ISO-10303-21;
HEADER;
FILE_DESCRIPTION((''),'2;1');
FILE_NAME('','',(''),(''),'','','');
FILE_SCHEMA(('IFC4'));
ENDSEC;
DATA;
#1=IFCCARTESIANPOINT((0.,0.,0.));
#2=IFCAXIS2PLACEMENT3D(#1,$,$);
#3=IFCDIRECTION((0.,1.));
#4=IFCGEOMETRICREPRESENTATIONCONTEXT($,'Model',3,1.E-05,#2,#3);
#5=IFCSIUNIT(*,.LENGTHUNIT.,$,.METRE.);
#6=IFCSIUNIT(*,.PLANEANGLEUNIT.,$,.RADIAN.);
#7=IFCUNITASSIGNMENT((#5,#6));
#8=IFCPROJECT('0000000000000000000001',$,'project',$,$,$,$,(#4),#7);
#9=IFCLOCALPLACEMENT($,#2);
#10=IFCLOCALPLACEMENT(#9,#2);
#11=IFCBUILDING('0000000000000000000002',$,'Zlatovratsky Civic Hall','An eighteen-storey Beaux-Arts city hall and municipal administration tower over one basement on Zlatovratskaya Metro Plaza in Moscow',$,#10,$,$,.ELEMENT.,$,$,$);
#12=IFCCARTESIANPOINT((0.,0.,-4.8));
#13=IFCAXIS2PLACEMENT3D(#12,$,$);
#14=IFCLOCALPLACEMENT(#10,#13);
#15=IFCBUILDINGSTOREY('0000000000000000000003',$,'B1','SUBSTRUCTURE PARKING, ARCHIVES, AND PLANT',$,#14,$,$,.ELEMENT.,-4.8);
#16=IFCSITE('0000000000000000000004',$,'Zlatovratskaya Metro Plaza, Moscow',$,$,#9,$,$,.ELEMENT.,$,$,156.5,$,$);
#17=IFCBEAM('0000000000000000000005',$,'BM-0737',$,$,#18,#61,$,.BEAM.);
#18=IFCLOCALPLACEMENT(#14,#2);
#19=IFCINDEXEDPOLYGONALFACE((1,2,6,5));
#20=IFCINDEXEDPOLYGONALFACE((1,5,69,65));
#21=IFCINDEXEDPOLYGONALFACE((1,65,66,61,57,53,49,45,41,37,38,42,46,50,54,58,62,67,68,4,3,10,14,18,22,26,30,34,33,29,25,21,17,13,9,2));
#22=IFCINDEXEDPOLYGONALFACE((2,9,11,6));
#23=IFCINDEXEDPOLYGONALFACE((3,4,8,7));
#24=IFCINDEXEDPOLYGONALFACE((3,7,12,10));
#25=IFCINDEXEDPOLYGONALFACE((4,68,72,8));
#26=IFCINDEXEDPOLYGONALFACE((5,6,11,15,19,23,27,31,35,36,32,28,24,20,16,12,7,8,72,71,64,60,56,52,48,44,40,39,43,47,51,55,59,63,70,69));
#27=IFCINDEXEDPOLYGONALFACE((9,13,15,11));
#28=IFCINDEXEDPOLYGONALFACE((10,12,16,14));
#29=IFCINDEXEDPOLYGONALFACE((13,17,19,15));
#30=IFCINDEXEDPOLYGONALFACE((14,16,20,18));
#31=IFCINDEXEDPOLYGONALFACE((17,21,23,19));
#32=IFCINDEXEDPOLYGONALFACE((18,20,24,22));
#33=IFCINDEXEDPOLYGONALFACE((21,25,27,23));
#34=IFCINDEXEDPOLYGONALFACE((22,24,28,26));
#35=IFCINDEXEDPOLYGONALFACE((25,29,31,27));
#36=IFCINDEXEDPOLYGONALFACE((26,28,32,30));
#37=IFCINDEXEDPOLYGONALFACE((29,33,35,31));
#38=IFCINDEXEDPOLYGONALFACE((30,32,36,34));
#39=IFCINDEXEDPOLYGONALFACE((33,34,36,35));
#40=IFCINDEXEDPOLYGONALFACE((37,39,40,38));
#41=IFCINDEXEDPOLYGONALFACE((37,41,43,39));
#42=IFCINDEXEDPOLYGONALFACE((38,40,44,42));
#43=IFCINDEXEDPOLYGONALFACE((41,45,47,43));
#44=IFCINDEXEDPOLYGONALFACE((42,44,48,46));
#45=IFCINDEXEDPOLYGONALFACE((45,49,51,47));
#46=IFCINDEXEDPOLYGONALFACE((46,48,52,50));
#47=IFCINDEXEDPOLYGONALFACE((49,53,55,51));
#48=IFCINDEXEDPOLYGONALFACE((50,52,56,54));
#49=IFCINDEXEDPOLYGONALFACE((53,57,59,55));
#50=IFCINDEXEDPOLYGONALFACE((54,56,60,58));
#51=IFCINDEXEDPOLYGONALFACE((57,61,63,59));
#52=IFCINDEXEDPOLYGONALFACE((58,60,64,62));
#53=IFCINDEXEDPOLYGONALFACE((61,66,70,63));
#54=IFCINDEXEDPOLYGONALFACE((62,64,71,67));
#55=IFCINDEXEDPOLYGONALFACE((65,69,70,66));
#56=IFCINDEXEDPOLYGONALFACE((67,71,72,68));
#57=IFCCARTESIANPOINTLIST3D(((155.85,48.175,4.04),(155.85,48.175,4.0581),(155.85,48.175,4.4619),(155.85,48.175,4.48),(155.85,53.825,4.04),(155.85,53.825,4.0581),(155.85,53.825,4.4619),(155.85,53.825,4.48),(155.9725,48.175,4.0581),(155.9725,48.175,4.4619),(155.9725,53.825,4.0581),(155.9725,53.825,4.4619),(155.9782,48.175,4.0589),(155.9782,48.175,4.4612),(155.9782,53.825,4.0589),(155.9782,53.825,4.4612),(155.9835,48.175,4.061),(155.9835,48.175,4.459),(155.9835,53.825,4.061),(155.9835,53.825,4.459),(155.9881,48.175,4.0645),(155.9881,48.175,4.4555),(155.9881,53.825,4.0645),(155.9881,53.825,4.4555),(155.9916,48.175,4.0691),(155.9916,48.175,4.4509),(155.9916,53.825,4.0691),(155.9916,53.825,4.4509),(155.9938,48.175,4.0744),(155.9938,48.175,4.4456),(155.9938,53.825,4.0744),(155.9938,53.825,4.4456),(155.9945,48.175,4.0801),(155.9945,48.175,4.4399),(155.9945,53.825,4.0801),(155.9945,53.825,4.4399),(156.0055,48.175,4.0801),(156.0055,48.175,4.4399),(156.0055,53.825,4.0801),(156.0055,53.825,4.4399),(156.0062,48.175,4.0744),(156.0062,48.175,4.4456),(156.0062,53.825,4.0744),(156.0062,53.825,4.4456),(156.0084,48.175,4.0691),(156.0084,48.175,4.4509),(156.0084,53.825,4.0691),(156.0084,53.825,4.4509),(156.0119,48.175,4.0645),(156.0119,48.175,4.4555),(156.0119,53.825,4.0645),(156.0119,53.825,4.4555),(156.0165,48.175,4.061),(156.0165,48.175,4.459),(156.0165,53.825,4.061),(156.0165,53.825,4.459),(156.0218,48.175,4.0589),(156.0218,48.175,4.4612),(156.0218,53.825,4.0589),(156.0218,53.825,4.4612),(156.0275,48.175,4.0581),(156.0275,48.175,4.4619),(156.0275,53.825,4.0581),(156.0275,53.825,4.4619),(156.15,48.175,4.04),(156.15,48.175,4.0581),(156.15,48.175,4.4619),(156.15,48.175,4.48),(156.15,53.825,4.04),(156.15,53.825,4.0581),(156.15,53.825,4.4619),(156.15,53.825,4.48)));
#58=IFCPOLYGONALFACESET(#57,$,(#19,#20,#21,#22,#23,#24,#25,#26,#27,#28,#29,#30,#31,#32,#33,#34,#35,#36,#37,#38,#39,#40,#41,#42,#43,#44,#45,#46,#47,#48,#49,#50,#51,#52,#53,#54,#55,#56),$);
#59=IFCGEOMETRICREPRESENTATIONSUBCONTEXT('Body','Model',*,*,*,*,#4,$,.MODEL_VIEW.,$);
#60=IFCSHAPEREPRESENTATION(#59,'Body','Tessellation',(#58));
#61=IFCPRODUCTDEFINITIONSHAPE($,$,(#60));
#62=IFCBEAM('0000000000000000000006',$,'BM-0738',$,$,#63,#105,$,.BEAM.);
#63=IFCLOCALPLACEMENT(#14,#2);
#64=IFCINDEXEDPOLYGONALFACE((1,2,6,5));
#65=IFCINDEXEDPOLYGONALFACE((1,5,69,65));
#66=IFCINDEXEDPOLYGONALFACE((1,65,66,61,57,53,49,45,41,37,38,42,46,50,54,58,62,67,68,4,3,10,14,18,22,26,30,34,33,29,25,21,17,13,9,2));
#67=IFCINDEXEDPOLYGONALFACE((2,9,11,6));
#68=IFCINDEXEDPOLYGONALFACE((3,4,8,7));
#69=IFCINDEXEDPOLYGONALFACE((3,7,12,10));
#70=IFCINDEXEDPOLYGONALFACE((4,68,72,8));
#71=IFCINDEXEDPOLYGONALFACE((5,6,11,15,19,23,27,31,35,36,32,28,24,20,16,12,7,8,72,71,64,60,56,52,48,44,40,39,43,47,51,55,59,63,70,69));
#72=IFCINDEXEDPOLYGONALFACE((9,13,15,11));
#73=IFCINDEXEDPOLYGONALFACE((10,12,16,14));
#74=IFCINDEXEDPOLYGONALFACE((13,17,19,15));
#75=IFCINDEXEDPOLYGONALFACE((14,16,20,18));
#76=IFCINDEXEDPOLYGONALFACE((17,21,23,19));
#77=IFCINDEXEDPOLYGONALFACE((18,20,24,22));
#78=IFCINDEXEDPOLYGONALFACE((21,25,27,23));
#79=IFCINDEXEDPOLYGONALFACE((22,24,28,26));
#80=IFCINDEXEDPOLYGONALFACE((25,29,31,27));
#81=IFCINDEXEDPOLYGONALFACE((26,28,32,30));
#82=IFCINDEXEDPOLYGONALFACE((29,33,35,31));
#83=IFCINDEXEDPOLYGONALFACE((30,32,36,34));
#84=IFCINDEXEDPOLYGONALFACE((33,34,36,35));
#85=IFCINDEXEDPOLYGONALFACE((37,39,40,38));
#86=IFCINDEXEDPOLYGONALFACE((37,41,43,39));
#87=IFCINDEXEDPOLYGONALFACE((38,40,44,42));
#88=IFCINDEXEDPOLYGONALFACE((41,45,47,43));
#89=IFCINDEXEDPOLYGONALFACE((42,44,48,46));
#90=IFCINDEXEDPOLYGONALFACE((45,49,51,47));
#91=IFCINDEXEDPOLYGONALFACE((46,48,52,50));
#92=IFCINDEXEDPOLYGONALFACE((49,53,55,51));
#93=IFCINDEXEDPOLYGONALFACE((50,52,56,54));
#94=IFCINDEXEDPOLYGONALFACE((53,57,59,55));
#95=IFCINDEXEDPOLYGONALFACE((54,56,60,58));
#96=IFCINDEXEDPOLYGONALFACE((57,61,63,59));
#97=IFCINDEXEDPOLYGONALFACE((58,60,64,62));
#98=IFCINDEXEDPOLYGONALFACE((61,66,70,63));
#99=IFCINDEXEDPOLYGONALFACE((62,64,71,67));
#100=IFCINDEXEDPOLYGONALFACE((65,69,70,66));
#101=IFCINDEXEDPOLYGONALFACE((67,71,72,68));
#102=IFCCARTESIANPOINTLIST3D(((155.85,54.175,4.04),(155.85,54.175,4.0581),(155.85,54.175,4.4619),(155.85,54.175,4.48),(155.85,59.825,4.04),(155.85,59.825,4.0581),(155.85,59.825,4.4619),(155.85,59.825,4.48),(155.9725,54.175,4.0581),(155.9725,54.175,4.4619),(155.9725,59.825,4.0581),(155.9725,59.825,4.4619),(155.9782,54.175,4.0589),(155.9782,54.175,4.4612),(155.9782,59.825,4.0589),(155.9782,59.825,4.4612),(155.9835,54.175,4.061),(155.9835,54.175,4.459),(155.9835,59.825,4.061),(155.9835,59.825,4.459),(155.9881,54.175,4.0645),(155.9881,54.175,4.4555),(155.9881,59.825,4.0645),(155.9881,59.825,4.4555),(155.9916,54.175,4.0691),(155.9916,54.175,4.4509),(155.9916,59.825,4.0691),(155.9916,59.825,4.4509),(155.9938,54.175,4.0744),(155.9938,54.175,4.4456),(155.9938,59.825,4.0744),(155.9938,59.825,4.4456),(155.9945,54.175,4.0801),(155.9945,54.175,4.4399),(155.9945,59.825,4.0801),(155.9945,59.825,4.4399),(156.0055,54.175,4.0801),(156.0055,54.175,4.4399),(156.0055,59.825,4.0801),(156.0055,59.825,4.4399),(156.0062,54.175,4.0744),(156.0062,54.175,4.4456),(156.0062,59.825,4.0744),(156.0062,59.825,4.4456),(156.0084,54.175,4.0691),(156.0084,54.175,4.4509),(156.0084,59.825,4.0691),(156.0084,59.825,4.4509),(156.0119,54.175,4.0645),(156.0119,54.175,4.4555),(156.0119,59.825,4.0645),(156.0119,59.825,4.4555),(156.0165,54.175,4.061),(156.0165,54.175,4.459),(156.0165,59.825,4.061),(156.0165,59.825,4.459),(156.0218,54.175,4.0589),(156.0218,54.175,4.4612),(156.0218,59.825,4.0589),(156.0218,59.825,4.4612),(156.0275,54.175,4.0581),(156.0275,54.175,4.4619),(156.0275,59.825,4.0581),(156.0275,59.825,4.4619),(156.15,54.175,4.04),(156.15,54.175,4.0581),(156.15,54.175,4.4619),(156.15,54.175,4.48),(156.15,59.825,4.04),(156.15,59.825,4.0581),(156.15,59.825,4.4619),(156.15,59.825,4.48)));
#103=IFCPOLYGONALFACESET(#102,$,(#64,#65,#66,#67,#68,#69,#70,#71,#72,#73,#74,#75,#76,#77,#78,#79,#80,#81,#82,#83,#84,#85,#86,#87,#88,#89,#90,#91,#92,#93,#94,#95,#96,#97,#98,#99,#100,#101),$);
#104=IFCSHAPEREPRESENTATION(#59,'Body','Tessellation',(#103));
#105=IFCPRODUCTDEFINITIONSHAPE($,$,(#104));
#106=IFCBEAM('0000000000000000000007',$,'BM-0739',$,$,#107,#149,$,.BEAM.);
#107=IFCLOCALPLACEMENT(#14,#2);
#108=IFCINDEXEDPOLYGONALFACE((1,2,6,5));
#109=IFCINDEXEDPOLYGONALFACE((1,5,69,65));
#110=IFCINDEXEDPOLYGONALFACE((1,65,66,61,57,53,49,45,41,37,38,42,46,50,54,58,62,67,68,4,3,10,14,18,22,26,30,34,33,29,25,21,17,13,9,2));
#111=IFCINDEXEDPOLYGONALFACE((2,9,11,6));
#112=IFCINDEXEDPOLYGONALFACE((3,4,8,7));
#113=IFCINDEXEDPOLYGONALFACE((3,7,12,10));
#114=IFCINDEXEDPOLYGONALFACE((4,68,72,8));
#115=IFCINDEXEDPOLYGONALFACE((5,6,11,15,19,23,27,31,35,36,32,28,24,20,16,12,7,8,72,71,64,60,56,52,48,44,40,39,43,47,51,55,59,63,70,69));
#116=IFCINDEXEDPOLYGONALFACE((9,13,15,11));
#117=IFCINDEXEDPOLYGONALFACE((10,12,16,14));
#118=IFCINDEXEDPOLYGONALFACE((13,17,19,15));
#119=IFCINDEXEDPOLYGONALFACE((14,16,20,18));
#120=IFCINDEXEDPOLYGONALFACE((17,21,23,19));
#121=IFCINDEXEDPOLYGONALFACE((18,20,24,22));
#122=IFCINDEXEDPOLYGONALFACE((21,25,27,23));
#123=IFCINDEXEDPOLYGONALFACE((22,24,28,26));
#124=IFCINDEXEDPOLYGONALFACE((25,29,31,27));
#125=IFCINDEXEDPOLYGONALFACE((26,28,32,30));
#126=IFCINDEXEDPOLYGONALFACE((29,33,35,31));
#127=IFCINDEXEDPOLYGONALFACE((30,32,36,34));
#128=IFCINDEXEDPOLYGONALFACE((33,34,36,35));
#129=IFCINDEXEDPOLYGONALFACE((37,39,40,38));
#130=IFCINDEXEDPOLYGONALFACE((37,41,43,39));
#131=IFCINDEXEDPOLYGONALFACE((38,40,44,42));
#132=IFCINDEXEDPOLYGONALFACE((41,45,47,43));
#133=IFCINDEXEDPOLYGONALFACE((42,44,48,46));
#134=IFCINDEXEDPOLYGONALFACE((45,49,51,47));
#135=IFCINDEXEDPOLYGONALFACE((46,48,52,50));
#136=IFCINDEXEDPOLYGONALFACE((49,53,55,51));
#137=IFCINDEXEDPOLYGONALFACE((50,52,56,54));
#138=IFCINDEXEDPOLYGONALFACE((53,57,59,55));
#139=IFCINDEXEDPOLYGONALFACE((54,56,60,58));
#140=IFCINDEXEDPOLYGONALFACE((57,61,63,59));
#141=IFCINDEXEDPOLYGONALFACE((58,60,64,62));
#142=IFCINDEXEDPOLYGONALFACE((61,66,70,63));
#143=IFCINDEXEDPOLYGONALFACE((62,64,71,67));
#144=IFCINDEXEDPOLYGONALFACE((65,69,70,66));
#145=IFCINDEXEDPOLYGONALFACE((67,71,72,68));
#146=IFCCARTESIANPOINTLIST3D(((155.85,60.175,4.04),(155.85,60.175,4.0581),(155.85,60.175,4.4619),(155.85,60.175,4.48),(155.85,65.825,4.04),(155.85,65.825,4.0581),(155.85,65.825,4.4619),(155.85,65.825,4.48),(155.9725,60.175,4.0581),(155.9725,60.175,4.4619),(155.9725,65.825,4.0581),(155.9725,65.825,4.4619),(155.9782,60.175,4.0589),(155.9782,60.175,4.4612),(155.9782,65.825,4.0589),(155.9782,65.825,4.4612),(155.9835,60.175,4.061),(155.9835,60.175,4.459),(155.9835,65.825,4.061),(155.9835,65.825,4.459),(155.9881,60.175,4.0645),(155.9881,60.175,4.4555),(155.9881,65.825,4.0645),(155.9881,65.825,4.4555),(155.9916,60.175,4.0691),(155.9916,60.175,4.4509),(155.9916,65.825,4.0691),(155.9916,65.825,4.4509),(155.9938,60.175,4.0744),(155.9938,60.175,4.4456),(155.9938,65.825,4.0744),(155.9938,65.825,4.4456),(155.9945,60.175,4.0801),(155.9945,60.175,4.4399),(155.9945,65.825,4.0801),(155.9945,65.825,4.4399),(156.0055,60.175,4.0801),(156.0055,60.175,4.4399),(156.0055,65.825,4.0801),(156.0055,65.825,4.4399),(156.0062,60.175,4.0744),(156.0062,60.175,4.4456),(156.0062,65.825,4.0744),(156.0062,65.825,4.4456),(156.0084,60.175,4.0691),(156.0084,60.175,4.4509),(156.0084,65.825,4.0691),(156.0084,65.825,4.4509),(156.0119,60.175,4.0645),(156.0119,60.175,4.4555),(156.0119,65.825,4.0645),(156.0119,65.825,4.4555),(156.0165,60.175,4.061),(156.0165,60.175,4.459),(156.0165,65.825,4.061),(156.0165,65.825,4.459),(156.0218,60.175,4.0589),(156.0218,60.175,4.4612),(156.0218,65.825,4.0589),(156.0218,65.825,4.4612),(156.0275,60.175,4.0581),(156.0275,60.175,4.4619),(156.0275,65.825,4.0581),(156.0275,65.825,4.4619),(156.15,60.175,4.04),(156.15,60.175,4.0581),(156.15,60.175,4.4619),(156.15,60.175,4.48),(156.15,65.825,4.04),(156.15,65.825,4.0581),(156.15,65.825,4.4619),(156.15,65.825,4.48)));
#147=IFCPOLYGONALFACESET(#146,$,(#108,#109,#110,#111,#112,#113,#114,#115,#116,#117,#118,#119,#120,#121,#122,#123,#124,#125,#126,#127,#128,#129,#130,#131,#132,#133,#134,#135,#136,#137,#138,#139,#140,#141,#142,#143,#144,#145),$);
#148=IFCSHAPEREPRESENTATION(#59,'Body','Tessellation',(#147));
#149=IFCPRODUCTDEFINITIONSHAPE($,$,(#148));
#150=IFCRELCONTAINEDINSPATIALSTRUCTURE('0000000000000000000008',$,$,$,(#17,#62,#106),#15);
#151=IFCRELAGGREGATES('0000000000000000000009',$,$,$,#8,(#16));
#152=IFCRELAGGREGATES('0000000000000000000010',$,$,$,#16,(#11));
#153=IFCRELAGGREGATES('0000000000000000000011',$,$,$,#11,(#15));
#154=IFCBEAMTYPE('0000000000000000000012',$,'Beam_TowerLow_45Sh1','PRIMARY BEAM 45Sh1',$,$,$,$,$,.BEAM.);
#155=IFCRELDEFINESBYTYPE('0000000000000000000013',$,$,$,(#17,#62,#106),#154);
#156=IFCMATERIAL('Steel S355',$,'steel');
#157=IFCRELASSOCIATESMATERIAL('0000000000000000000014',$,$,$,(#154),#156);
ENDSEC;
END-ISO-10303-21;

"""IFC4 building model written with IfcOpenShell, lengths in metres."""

from ifc_helpers import new_model, si_unit, direction, frame, origin, origin_2d, place, context, subcontext, project, spatial, i_section, extrude, material, material_profile, profile_set, type_object, element, save


model = new_model("IFC4")

# Units and contexts
model_context = context("Model", 3, precision=1e-05, world=origin(), true_north=direction((0.0, 1.0)))
body_context = subcontext(model_context, "Body", "Model", "MODEL_VIEW")
ifc_project = project(units=[si_unit("LENGTHUNIT", "METRE"), si_unit("PLANEANGLEUNIT", "RADIAN")], contexts=[model_context])

# Site, building, storey
site_placement = place(None, origin())
site = spatial("IfcSite", under=ifc_project, at=site_placement, Name="Zlatovratskaya Metro Plaza, Moscow", CompositionType="ELEMENT", RefElevation=156.5)
building_placement = place(site_placement, origin())
building = spatial("IfcBuilding", under=site, at=building_placement, Name="Zlatovratsky Civic Hall", Description="An eighteen-storey Beaux-Arts city hall and municipal administration tower over one basement on Zlatovratskaya Metro Plaza in Moscow", CompositionType="ELEMENT")
storey_placement = place(building_placement, frame((0.0, 0.0, -4.8)))
storey = spatial("IfcBuildingStorey", under=building, at=storey_placement, Name="B1", Description="SUBSTRUCTURE PARKING, ARCHIVES, AND PLANT", CompositionType="ELEMENT", Elevation=-4.8)

# Shared definitions
ifc_material_1 = material(Name="Steel S355", Category="steel")

# Beams
ifc_material_profile_1 = material_profile(ifc_material_1, i_section(OverallWidth=0.3, OverallDepth=0.4399, WebThickness=0.011, FlangeThickness=0.0181, FilletRadius=0.022, at=origin_2d()), Name="45Sh1")
ifc_profile_set_1 = profile_set([ifc_material_profile_1], Name="Steel S355")
beam_type = type_object("IfcBeamType", Name="Beam_TowerLow_45Sh1", Description="PRIMARY BEAM 45Sh1", PredefinedType="BEAM", material=ifc_profile_set_1)
for number, where, z_axis, x_axis, name in (
    (1, (156.0, 48.175, 4.26), (0.0, 1.0, 0.0), (-1.0, 0.0, 0.0), "BM-0737"),
    (2, (156.0, 54.175, 4.26), (0.0, 1.0, 0.0), (-1.0, 0.0, 0.0), "BM-0738"),
    (3, (156.0, 60.175, 4.26), (0.0, 1.0, 0.0), (-1.0, 0.0, 0.0), "BM-0739"),
):
    element("IfcBeam", number, at=place(storey_placement, frame(where, z_axis=z_axis, x_axis=x_axis)), inside=storey, type_object=beam_type, Name=name, PredefinedType="BEAM", context=body_context, shape_type="SweptSolid", body=[
        extrude(i_section(OverallWidth=0.3, OverallDepth=0.4399, WebThickness=0.011, FlangeThickness=0.0181, FilletRadius=0.022, at=origin_2d()), origin(), (0.0, 0.0, 1.0), 5.6499),
    ])

save(model, "model.ifc")
